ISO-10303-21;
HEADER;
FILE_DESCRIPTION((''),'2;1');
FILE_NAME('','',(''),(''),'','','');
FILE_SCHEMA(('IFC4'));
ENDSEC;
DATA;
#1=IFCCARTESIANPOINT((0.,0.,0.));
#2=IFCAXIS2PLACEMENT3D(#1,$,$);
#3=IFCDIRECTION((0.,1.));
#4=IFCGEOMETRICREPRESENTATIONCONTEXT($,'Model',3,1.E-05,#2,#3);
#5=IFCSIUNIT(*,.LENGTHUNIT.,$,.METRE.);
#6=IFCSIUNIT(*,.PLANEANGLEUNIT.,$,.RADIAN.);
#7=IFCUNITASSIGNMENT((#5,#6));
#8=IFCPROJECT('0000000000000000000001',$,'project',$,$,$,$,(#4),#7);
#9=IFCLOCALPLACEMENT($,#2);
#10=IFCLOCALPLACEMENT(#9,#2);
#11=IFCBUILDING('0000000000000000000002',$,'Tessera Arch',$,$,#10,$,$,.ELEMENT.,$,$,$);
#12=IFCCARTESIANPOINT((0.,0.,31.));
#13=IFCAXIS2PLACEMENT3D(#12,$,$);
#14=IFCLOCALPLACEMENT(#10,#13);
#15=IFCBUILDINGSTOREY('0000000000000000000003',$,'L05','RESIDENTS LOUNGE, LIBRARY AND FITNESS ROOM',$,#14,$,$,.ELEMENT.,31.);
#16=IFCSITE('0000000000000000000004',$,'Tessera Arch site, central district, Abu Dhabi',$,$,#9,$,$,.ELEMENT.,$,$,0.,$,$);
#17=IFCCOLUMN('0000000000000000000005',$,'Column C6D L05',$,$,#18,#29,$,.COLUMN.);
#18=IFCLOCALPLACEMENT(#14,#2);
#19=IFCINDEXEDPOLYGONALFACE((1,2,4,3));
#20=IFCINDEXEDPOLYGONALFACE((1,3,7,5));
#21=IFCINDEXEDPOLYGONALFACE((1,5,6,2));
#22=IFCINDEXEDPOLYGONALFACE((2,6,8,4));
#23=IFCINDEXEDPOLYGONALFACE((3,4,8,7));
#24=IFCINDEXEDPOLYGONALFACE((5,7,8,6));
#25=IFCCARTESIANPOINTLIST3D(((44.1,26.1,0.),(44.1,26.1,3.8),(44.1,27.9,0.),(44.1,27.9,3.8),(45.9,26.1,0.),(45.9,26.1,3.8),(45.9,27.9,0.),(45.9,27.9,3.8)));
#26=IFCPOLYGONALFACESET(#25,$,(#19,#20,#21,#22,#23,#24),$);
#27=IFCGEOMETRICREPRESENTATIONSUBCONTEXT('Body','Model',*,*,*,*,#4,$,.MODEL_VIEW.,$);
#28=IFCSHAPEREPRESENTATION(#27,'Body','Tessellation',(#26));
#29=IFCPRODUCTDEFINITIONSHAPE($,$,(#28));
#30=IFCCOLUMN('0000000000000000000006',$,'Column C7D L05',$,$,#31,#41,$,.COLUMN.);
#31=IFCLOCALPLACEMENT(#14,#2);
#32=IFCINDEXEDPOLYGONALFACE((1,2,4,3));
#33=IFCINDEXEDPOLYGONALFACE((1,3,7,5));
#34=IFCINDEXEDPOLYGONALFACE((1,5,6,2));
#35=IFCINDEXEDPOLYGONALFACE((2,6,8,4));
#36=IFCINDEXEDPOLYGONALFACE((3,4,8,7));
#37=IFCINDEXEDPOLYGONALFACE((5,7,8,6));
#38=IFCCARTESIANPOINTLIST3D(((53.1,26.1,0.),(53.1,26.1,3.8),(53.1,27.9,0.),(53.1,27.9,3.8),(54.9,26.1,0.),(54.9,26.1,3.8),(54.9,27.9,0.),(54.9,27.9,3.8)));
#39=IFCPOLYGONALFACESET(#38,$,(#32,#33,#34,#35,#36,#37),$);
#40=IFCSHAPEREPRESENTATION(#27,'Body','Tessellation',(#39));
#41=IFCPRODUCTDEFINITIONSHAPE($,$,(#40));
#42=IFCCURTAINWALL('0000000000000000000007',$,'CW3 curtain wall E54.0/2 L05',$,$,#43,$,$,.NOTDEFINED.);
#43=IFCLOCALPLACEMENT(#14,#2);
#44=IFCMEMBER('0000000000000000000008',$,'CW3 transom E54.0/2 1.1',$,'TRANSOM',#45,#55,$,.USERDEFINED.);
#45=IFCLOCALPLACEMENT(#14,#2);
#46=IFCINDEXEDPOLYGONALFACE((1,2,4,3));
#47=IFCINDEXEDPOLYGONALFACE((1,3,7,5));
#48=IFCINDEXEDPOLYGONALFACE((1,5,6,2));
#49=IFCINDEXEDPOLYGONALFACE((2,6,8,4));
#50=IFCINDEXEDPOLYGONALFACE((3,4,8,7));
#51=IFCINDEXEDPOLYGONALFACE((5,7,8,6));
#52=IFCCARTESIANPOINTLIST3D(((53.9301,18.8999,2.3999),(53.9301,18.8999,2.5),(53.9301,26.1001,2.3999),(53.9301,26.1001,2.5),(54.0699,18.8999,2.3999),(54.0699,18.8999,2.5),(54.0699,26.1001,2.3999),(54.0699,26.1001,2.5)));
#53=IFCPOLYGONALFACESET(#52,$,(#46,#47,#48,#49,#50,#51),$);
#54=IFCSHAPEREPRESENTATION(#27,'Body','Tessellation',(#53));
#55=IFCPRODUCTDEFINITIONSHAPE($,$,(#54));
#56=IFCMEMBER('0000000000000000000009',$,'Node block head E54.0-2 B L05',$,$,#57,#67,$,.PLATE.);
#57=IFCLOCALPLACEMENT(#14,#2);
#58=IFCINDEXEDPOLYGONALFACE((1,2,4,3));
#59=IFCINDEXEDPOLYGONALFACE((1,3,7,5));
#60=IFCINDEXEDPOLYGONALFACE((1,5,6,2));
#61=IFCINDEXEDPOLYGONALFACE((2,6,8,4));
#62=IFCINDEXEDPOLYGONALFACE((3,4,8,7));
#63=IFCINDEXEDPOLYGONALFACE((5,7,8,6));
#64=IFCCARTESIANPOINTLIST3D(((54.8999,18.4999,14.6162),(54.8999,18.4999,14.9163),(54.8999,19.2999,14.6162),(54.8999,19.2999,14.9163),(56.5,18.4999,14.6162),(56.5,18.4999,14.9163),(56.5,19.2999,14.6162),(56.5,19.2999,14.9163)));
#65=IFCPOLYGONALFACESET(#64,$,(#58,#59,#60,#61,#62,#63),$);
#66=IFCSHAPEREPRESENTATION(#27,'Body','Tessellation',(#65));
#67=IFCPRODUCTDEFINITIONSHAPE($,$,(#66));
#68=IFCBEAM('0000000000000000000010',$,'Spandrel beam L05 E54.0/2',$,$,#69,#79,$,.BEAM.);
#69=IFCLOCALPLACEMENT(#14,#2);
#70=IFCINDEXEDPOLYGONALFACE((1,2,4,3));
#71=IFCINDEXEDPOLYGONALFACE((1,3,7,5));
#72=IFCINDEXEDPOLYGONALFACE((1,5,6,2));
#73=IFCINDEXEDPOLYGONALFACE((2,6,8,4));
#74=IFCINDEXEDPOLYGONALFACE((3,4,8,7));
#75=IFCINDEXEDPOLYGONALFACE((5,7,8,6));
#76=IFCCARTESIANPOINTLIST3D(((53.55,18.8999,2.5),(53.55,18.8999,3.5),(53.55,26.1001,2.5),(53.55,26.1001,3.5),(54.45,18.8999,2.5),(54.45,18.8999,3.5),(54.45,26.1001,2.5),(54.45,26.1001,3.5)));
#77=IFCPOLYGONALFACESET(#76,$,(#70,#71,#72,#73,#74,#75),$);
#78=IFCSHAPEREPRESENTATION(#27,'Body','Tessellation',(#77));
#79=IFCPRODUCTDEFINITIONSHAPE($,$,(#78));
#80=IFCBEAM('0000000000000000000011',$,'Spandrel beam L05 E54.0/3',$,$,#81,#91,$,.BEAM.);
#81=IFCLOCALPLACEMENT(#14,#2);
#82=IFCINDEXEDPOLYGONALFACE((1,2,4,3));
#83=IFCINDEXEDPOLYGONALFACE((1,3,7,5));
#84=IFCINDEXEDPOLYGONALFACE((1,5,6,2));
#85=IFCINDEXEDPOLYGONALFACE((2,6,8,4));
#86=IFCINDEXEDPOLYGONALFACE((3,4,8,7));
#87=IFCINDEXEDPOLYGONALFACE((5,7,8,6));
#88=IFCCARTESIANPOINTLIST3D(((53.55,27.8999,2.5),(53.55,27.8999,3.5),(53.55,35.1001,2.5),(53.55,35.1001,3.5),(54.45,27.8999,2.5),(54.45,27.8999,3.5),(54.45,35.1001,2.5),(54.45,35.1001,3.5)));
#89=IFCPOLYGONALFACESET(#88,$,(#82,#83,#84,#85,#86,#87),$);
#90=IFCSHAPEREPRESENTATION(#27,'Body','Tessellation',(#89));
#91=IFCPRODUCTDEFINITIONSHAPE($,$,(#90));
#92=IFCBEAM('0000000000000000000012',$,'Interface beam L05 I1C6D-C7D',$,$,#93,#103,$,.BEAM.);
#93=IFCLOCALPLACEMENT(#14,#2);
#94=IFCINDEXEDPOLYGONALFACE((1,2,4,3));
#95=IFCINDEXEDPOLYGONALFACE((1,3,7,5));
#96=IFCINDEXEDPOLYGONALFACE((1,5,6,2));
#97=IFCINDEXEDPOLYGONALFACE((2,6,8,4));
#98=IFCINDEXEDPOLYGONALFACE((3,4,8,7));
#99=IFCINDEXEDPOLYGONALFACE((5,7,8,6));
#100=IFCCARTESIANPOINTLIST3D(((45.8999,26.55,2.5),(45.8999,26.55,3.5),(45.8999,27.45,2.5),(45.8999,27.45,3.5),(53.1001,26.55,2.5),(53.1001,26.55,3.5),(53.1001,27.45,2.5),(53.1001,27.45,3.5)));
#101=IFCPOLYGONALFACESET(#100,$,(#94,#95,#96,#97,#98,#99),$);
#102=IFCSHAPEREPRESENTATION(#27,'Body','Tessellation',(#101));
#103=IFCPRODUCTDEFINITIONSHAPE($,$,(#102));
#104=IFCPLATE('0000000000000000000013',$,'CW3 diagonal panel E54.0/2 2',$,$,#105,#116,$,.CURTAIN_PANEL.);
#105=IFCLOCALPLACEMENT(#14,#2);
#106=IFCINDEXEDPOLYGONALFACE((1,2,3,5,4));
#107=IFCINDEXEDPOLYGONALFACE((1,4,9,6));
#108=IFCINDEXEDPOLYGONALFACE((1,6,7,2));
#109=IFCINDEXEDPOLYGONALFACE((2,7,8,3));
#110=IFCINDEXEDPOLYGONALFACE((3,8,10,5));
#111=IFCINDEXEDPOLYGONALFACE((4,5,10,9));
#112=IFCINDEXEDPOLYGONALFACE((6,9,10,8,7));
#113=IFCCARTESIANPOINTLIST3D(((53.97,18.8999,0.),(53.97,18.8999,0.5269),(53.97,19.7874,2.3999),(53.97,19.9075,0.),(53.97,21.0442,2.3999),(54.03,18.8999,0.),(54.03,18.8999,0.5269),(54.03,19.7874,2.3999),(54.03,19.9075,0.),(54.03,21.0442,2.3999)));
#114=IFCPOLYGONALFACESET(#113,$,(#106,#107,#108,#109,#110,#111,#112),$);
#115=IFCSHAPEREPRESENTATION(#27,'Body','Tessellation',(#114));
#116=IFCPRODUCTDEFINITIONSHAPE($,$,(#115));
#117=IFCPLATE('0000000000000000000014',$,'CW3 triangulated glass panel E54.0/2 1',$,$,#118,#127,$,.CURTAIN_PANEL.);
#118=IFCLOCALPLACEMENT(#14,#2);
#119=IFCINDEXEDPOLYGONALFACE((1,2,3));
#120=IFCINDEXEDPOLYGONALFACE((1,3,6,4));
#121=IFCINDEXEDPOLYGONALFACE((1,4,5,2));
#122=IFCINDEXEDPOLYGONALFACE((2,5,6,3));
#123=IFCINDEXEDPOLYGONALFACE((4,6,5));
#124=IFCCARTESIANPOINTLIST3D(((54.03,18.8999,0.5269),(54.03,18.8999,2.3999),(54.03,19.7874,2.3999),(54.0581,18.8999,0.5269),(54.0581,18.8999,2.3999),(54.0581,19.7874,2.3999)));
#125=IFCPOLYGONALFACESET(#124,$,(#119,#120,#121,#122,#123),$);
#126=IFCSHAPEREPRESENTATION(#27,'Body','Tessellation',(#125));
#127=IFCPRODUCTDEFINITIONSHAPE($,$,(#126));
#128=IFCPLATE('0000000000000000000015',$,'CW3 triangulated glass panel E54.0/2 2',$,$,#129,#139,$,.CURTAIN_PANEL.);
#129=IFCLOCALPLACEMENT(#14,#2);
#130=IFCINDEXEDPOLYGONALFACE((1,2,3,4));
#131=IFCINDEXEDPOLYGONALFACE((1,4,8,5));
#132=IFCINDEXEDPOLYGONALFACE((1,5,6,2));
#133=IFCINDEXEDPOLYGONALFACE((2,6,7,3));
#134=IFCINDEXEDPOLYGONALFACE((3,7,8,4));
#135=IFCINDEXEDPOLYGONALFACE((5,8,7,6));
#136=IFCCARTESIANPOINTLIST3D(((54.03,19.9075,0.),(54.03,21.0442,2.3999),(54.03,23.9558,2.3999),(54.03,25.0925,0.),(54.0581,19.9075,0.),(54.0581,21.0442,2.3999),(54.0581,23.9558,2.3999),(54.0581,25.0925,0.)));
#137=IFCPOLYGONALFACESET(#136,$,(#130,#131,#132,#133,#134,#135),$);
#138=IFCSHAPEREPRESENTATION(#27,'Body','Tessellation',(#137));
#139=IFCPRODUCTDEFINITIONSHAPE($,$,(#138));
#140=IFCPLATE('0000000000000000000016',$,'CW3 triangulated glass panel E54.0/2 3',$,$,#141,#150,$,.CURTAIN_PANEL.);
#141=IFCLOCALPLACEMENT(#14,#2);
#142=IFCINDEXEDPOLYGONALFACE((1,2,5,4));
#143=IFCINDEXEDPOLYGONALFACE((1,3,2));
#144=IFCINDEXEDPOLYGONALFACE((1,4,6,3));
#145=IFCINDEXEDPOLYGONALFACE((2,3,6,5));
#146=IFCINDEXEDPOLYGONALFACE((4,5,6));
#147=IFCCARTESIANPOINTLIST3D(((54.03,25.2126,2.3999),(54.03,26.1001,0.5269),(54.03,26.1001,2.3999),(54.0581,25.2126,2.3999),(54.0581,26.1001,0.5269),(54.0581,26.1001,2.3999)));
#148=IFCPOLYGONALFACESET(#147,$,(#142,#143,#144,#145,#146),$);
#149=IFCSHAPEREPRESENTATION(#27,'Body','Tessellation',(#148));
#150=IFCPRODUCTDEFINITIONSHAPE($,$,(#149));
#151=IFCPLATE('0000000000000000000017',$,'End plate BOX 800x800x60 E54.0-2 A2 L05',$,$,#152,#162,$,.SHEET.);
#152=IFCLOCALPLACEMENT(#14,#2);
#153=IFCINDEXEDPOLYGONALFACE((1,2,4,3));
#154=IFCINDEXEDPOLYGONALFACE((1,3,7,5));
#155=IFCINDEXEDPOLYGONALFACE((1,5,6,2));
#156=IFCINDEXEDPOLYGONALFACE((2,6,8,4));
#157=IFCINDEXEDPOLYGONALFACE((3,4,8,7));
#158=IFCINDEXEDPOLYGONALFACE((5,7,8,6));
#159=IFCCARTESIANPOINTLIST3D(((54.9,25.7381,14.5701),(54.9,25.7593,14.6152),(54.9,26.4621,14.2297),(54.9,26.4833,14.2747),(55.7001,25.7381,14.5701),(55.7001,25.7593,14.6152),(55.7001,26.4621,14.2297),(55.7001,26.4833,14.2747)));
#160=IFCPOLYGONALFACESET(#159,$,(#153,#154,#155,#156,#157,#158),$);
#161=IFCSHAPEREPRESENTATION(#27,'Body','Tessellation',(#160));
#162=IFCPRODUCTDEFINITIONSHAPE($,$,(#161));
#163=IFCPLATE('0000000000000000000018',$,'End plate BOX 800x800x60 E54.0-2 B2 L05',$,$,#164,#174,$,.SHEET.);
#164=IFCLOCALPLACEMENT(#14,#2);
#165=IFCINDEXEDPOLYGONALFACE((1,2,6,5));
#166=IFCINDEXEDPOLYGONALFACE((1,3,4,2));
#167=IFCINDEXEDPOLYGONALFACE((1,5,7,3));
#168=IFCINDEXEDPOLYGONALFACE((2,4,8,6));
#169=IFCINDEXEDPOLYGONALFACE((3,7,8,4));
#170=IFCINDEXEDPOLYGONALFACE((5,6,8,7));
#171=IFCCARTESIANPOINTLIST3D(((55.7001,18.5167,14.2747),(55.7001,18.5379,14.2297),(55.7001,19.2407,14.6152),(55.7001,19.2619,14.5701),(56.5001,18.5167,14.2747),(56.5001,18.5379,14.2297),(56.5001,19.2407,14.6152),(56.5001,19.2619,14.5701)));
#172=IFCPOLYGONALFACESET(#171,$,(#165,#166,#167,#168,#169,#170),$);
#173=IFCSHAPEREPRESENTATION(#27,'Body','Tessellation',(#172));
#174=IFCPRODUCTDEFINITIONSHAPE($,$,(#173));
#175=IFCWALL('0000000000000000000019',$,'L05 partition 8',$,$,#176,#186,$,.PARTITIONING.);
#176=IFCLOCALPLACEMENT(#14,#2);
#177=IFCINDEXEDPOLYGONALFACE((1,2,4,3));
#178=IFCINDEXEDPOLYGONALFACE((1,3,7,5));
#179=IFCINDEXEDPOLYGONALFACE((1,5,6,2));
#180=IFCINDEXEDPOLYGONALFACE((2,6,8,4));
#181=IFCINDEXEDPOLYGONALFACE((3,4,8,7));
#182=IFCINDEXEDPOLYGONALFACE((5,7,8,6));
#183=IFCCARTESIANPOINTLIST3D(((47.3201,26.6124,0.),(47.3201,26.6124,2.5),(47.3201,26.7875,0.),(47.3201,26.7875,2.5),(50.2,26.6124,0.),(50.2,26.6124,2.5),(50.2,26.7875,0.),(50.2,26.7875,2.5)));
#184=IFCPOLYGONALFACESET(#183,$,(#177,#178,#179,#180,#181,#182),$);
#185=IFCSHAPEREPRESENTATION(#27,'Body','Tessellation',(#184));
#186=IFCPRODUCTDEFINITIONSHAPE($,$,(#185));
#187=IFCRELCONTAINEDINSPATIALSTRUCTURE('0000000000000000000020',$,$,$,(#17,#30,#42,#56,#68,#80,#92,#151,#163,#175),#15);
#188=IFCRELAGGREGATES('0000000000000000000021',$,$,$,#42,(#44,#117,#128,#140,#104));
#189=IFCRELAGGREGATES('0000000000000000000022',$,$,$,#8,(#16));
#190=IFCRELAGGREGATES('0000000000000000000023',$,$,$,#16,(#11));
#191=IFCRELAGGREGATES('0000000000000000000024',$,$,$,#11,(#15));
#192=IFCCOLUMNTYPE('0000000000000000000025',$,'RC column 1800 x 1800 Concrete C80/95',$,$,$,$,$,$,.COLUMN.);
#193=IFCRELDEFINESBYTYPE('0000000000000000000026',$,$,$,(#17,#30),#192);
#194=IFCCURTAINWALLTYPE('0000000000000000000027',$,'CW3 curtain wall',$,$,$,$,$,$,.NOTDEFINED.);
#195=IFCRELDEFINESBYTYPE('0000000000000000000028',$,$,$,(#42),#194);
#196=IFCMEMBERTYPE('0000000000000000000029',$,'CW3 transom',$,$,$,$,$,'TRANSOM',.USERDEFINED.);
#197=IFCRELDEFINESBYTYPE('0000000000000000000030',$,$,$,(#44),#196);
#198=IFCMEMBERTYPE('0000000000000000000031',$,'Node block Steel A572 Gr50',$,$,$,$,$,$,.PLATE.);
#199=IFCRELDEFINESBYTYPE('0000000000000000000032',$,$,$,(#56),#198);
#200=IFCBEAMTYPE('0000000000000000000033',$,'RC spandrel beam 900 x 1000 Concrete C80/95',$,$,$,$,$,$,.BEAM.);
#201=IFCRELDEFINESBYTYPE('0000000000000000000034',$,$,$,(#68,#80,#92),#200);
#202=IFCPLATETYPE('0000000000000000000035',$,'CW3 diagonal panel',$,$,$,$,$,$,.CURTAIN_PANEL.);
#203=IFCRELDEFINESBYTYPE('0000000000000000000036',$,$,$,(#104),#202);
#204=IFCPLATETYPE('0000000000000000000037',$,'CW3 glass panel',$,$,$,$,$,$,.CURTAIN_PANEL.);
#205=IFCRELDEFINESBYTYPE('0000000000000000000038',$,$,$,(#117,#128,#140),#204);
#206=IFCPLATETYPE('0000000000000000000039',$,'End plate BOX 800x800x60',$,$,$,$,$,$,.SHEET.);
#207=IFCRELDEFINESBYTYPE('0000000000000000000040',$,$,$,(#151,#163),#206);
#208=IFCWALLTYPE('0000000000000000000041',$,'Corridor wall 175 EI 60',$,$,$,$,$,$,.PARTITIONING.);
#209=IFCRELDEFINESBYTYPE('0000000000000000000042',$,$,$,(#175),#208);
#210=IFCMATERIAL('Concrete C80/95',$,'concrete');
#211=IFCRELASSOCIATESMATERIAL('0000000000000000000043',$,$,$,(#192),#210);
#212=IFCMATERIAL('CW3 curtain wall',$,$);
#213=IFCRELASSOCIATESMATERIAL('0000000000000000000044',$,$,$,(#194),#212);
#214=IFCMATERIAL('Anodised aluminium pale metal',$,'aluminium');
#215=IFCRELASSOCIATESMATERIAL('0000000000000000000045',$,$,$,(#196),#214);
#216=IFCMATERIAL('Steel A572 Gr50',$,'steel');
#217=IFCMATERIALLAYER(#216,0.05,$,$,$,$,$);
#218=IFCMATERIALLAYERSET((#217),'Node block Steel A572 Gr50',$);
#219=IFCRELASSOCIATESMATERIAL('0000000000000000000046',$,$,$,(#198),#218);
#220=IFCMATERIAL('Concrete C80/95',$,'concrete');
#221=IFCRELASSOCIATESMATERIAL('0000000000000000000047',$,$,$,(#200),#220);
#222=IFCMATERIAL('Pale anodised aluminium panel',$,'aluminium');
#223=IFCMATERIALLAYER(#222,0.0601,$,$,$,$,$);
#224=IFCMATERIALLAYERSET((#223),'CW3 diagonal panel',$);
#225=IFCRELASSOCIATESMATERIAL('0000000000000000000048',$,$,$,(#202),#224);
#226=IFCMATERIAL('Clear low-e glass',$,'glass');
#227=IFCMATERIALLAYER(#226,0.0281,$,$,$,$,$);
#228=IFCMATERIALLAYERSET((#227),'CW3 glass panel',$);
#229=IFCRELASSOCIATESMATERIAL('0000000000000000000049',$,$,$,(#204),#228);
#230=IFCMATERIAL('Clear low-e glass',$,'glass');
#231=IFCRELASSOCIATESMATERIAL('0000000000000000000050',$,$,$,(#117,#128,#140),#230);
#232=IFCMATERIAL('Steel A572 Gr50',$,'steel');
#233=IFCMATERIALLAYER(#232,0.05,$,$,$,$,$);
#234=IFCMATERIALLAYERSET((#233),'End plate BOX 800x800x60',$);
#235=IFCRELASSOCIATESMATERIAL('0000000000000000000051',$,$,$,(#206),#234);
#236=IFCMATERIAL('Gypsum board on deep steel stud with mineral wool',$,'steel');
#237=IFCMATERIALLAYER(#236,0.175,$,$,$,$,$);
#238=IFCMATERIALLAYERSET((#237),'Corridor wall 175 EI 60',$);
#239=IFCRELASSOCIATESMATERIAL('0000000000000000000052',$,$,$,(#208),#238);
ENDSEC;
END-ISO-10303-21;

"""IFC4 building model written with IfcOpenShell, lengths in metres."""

from ifc_helpers import new_model, si_unit, direction, frame, frame_2d, origin, origin_2d, place, context, subcontext, project, spatial, polyline, rectangle, outline, extrude, material, layer, layer_set, material_profile, profile_set, type_object, element, aggregate, save


model = new_model("IFC4")

# Units and contexts
model_context = context("Model", 3, precision=1e-05, world=origin(), true_north=direction((0.0, 1.0)))
body_context = subcontext(model_context, "Body", "Model", "MODEL_VIEW")
ifc_project = project(units=[si_unit("LENGTHUNIT", "METRE"), si_unit("PLANEANGLEUNIT", "RADIAN")], contexts=[model_context])

# Site, building, storey
site_placement = place(None, origin())
site = spatial("IfcSite", under=ifc_project, at=site_placement, Name="Tessera Arch site, central district, Abu Dhabi", CompositionType="ELEMENT", RefElevation=0.0)
building_placement = place(site_placement, origin())
building = spatial("IfcBuilding", under=site, at=building_placement, Name="Tessera Arch", CompositionType="ELEMENT")
storey_placement = place(building_placement, frame((0.0, 0.0, 31.0)))
storey = spatial("IfcBuildingStorey", under=building, at=storey_placement, Name="L05", Description="RESIDENTS LOUNGE, LIBRARY AND FITNESS ROOM", CompositionType="ELEMENT", Elevation=31.0)

# Columns
ifc_material_1 = material(Name="Concrete C80/95", Category="concrete")
ifc_material_profile_1 = material_profile(ifc_material_1, rectangle(XDim=1.8, YDim=1.8, at=origin_2d()), Name="RC column 1800 x 1800 Concrete C80/95")
ifc_profile_set_1 = profile_set([ifc_material_profile_1], Name="Concrete C80/95")
column_type = type_object("IfcColumnType", Name="RC column 1800 x 1800 Concrete C80/95", PredefinedType="COLUMN", material=ifc_profile_set_1)
for number, where, z_axis, x_axis, name in (
    (1, (45.0, 27.0, 0.0), (0.0, 0.0, 1.0), (1.0, 0.0, 0.0), "Column C6D L05"),
    (2, (54.0, 27.0, 0.0), (0.0, 0.0, 1.0), (1.0, 0.0, 0.0), "Column C7D L05"),
):
    element("IfcColumn", number, at=place(storey_placement, frame(where, z_axis=z_axis, x_axis=x_axis)), inside=storey, type_object=column_type, Name=name, PredefinedType="COLUMN", context=body_context, shape_type="SweptSolid", body=[
        extrude(rectangle(XDim=1.8, YDim=1.8, at=origin_2d()), origin(), (0.0, 0.0, 1.0), 3.8),
    ])

# Curtain wall, member
ifc_material_2 = material(Name="CW3 curtain wall")
curtain_wall_type = type_object("IfcCurtainWallType", Name="CW3 curtain wall", PredefinedType="NOTDEFINED", material=ifc_material_2)
curtain_wall_placement = place(storey_placement, origin())
curtain_wall = element("IfcCurtainWall", 3, at=curtain_wall_placement, inside=storey, type_object=curtain_wall_type, Name="CW3 curtain wall E54.0/2 L05", PredefinedType="NOTDEFINED")
ifc_material_3 = material(Name="Anodised aluminium pale metal", Category="aluminium")
ifc_material_profile_2 = material_profile(ifc_material_3, rectangle(XDim=0.1399, YDim=0.1001, at=origin_2d()), Name="AL 140x100")
ifc_profile_set_2 = profile_set([ifc_material_profile_2], Name="Anodised aluminium pale metal")
member_type_1 = type_object("IfcMemberType", Name="CW3 transom", ElementType="TRANSOM", PredefinedType="USERDEFINED", material=ifc_profile_set_2)
member_1_placement = place(storey_placement, frame((54.0, 18.8999, 2.45), z_axis=(0.0, 1.0, 0.0), x_axis=(-1.0, 0.0, 0.0)))
member_1 = element("IfcMember", 4, at=member_1_placement, type_object=member_type_1, Name="CW3 transom E54.0/2 1.1", ObjectType="TRANSOM", PredefinedType="USERDEFINED", context=body_context, shape_type="SweptSolid", body=[
    extrude(rectangle(XDim=0.1399, YDim=0.1001, at=origin_2d()), origin(), (0.0, 0.0, 1.0), 7.2002),
])

# Member
ifc_material_4 = material(Name="Steel A572 Gr50", Category="steel")
ifc_layer_1 = layer(ifc_material_4, 0.05)
ifc_layer_set_1 = layer_set([ifc_layer_1], Name="Node block Steel A572 Gr50")
member_type_2 = type_object("IfcMemberType", Name="Node block Steel A572 Gr50", PredefinedType="PLATE", material=ifc_layer_set_1)
member_2_placement = place(storey_placement, frame((55.7, 18.8999, 14.6162), z_axis=(0.0, 0.0, 1.0), x_axis=(0.0, 1.0, 0.0)))
element("IfcMember", 5, at=member_2_placement, inside=storey, type_object=member_type_2, Name="Node block head E54.0-2 B L05", PredefinedType="PLATE", context=body_context, shape_type="SweptSolid", body=[
    extrude(rectangle(XDim=0.8, YDim=1.6001, at=origin_2d()), origin(), (0.0, 0.0, 1.0), 0.3),
])

# Beams
ifc_material_5 = material(Name="Concrete C80/95", Category="concrete")
ifc_material_profile_3 = material_profile(ifc_material_5, rectangle(XDim=0.8999, YDim=1.0, at=origin_2d()), Name="RC spandrel beam 900 x 1000 Concrete C80/95")
ifc_profile_set_3 = profile_set([ifc_material_profile_3], Name="Concrete C80/95")
beam_type = type_object("IfcBeamType", Name="RC spandrel beam 900 x 1000 Concrete C80/95", PredefinedType="BEAM", material=ifc_profile_set_3)
for number, where, z_axis, x_axis, name in (
    (6, (54.0, 18.8999, 3.0), (0.0, 1.0, 0.0), (-1.0, 0.0, 0.0), "Spandrel beam L05 E54.0/2"),
    (7, (54.0, 27.8999, 3.0), (0.0, 1.0, 0.0), (-1.0, 0.0, 0.0), "Spandrel beam L05 E54.0/3"),
    (8, (45.8999, 27.0, 3.0), (1.0, 0.0, 0.0), (0.0, 1.0, 0.0), "Interface beam L05 I1C6D-C7D"),
):
    element("IfcBeam", number, at=place(storey_placement, frame(where, z_axis=z_axis, x_axis=x_axis)), inside=storey, type_object=beam_type, Name=name, PredefinedType="BEAM", context=body_context, shape_type="SweptSolid", body=[
        extrude(rectangle(XDim=0.8999, YDim=1.0, at=origin_2d()), origin(), (0.0, 0.0, 1.0), 7.2002),
    ])

# Plates
ifc_material_6 = material(Name="Pale anodised aluminium panel", Category="aluminium")
ifc_layer_2 = layer(ifc_material_6, 0.0601)
ifc_layer_set_2 = layer_set([ifc_layer_2], Name="CW3 diagonal panel")
plate_type_1 = type_object("IfcPlateType", Name="CW3 diagonal panel", PredefinedType="CURTAIN_PANEL", material=ifc_layer_set_2)
plate_1_placement = place(storey_placement, frame((54.03, 21.0442, 2.3999), z_axis=(1.0, 0.0, 0.0), x_axis=(0.0, -1.0, 0.0)))
plate_1 = element("IfcPlate", 9, at=plate_1_placement, type_object=plate_type_1, Name="CW3 diagonal panel E54.0/2 2", PredefinedType="CURTAIN_PANEL", context=body_context, shape_type="SweptSolid", body=[
    extrude(outline(polyline([(0.0, 0.0), (1.2568, 0.0), (2.1443, 1.873), (2.1443, 2.3999), (1.1367, 2.3999), (0.0, 0.0)])), origin(), (0.0, 0.0, -1.0), 0.0601),
])
ifc_material_7 = material(Name="Clear low-e glass", Category="glass")
ifc_material_8 = material(Name="Clear low-e glass", Category="glass")
ifc_layer_3 = layer(ifc_material_8, 0.0281)
ifc_layer_set_3 = layer_set([ifc_layer_3], Name="CW3 glass panel")
plate_type_2 = type_object("IfcPlateType", Name="CW3 glass panel", PredefinedType="CURTAIN_PANEL", material=ifc_layer_set_3)
plate_2_placement = place(storey_placement, frame((54.0581, 18.8999, 2.3999), z_axis=(1.0, 0.0, 0.0), x_axis=(0.0, 0.0, -1.0)))
plate_2 = element("IfcPlate", 10, at=plate_2_placement, type_object=plate_type_2, material=ifc_material_7, Name="CW3 triangulated glass panel E54.0/2 1", PredefinedType="CURTAIN_PANEL", context=body_context, shape_type="SweptSolid", body=[
    extrude(outline(polyline([(0.0, 0.0), (1.873, 0.0), (0.0, 0.8875), (0.0, 0.0)])), origin(), (0.0, 0.0, -1.0), 0.0281),
])
plate_3_placement = place(storey_placement, frame((54.0581, 23.9558, 2.3999), z_axis=(1.0, 0.0, 0.0), x_axis=(0.0, -1.0, 0.0)))
plate_3 = element("IfcPlate", 11, at=plate_3_placement, type_object=plate_type_2, material=ifc_material_7, Name="CW3 triangulated glass panel E54.0/2 2", PredefinedType="CURTAIN_PANEL", context=body_context, shape_type="SweptSolid", body=[
    extrude(outline(polyline([(0.0, 0.0), (2.9116, 0.0), (4.0483, 2.3999), (-1.1367, 2.3999), (0.0, 0.0)])), origin(), (0.0, 0.0, -1.0), 0.0281),
])
plate_4_placement = place(storey_placement, frame((54.0581, 26.1001, 2.3999), z_axis=(1.0, 0.0, 0.0), x_axis=(0.0, -1.0, 0.0)))
plate_4 = element("IfcPlate", 12, at=plate_4_placement, type_object=plate_type_2, material=ifc_material_7, Name="CW3 triangulated glass panel E54.0/2 3", PredefinedType="CURTAIN_PANEL", context=body_context, shape_type="SweptSolid", body=[
    extrude(outline(polyline([(0.0, 0.0), (0.8875, 0.0), (0.0, 1.873), (0.0, 0.0)])), origin(), (0.0, 0.0, -1.0), 0.0281),
])
aggregate(curtain_wall, [member_1, plate_2, plate_3, plate_4, plate_1])

# Plates
ifc_material_9 = material(Name="Steel A572 Gr50", Category="steel")
ifc_layer_4 = layer(ifc_material_9, 0.05)
ifc_layer_set_4 = layer_set([ifc_layer_4], Name="End plate BOX 800x800x60")
plate_type_3 = type_object("IfcPlateType", Name="End plate BOX 800x800x60", PredefinedType="SHEET", material=ifc_layer_set_4)
for number, where, z_axis, x_axis, name in (
    (13, (55.3, 26.1001, 14.3999), (0.0, 0.425561, 0.90493), (-1.0, 0.0, 0.0), "End plate BOX 800x800x60 E54.0-2 A2 L05"),
    (14, (56.1001, 18.8999, 14.3999), (0.0, -0.425561, 0.90493), (1.0, 0.0, 0.0), "End plate BOX 800x800x60 E54.0-2 B2 L05"),
):
    element("IfcPlate", number, at=place(storey_placement, frame(where, z_axis=z_axis, x_axis=x_axis)), inside=storey, type_object=plate_type_3, Name=name, PredefinedType="SHEET", context=body_context, shape_type="SweptSolid", body=[
        extrude(rectangle(XDim=0.8, YDim=0.8, at=origin_2d()), origin(), (0.0, 0.0, 1.0), 0.0498),
    ])

# Wall
ifc_material_10 = material(Name="Gypsum board on deep steel stud with mineral wool", Category="steel")
ifc_layer_5 = layer(ifc_material_10, 0.175)
ifc_layer_set_5 = layer_set([ifc_layer_5], Name="Corridor wall 175 EI 60")
wall_type_1 = type_object("IfcWallType", Name="Corridor wall 175 EI 60", PredefinedType="PARTITIONING", material=ifc_layer_set_5)
wall_1_placement = place(storey_placement, frame((47.3201, 26.7, 0.0), z_axis=(0.0, 0.0, 1.0), x_axis=(1.0, 0.0, 0.0)))
element("IfcWall", 15, at=wall_1_placement, inside=storey, type_object=wall_type_1, Name="L05 partition 8", PredefinedType="PARTITIONING", context=body_context, shape_type="SweptSolid", body=[
    extrude(rectangle(XDim=2.8799, YDim=0.175, at=frame_2d((1.4399, 0.0))), origin(), (0.0, 0.0, 1.0), 2.5),
])

save(model, "model.ifc")
